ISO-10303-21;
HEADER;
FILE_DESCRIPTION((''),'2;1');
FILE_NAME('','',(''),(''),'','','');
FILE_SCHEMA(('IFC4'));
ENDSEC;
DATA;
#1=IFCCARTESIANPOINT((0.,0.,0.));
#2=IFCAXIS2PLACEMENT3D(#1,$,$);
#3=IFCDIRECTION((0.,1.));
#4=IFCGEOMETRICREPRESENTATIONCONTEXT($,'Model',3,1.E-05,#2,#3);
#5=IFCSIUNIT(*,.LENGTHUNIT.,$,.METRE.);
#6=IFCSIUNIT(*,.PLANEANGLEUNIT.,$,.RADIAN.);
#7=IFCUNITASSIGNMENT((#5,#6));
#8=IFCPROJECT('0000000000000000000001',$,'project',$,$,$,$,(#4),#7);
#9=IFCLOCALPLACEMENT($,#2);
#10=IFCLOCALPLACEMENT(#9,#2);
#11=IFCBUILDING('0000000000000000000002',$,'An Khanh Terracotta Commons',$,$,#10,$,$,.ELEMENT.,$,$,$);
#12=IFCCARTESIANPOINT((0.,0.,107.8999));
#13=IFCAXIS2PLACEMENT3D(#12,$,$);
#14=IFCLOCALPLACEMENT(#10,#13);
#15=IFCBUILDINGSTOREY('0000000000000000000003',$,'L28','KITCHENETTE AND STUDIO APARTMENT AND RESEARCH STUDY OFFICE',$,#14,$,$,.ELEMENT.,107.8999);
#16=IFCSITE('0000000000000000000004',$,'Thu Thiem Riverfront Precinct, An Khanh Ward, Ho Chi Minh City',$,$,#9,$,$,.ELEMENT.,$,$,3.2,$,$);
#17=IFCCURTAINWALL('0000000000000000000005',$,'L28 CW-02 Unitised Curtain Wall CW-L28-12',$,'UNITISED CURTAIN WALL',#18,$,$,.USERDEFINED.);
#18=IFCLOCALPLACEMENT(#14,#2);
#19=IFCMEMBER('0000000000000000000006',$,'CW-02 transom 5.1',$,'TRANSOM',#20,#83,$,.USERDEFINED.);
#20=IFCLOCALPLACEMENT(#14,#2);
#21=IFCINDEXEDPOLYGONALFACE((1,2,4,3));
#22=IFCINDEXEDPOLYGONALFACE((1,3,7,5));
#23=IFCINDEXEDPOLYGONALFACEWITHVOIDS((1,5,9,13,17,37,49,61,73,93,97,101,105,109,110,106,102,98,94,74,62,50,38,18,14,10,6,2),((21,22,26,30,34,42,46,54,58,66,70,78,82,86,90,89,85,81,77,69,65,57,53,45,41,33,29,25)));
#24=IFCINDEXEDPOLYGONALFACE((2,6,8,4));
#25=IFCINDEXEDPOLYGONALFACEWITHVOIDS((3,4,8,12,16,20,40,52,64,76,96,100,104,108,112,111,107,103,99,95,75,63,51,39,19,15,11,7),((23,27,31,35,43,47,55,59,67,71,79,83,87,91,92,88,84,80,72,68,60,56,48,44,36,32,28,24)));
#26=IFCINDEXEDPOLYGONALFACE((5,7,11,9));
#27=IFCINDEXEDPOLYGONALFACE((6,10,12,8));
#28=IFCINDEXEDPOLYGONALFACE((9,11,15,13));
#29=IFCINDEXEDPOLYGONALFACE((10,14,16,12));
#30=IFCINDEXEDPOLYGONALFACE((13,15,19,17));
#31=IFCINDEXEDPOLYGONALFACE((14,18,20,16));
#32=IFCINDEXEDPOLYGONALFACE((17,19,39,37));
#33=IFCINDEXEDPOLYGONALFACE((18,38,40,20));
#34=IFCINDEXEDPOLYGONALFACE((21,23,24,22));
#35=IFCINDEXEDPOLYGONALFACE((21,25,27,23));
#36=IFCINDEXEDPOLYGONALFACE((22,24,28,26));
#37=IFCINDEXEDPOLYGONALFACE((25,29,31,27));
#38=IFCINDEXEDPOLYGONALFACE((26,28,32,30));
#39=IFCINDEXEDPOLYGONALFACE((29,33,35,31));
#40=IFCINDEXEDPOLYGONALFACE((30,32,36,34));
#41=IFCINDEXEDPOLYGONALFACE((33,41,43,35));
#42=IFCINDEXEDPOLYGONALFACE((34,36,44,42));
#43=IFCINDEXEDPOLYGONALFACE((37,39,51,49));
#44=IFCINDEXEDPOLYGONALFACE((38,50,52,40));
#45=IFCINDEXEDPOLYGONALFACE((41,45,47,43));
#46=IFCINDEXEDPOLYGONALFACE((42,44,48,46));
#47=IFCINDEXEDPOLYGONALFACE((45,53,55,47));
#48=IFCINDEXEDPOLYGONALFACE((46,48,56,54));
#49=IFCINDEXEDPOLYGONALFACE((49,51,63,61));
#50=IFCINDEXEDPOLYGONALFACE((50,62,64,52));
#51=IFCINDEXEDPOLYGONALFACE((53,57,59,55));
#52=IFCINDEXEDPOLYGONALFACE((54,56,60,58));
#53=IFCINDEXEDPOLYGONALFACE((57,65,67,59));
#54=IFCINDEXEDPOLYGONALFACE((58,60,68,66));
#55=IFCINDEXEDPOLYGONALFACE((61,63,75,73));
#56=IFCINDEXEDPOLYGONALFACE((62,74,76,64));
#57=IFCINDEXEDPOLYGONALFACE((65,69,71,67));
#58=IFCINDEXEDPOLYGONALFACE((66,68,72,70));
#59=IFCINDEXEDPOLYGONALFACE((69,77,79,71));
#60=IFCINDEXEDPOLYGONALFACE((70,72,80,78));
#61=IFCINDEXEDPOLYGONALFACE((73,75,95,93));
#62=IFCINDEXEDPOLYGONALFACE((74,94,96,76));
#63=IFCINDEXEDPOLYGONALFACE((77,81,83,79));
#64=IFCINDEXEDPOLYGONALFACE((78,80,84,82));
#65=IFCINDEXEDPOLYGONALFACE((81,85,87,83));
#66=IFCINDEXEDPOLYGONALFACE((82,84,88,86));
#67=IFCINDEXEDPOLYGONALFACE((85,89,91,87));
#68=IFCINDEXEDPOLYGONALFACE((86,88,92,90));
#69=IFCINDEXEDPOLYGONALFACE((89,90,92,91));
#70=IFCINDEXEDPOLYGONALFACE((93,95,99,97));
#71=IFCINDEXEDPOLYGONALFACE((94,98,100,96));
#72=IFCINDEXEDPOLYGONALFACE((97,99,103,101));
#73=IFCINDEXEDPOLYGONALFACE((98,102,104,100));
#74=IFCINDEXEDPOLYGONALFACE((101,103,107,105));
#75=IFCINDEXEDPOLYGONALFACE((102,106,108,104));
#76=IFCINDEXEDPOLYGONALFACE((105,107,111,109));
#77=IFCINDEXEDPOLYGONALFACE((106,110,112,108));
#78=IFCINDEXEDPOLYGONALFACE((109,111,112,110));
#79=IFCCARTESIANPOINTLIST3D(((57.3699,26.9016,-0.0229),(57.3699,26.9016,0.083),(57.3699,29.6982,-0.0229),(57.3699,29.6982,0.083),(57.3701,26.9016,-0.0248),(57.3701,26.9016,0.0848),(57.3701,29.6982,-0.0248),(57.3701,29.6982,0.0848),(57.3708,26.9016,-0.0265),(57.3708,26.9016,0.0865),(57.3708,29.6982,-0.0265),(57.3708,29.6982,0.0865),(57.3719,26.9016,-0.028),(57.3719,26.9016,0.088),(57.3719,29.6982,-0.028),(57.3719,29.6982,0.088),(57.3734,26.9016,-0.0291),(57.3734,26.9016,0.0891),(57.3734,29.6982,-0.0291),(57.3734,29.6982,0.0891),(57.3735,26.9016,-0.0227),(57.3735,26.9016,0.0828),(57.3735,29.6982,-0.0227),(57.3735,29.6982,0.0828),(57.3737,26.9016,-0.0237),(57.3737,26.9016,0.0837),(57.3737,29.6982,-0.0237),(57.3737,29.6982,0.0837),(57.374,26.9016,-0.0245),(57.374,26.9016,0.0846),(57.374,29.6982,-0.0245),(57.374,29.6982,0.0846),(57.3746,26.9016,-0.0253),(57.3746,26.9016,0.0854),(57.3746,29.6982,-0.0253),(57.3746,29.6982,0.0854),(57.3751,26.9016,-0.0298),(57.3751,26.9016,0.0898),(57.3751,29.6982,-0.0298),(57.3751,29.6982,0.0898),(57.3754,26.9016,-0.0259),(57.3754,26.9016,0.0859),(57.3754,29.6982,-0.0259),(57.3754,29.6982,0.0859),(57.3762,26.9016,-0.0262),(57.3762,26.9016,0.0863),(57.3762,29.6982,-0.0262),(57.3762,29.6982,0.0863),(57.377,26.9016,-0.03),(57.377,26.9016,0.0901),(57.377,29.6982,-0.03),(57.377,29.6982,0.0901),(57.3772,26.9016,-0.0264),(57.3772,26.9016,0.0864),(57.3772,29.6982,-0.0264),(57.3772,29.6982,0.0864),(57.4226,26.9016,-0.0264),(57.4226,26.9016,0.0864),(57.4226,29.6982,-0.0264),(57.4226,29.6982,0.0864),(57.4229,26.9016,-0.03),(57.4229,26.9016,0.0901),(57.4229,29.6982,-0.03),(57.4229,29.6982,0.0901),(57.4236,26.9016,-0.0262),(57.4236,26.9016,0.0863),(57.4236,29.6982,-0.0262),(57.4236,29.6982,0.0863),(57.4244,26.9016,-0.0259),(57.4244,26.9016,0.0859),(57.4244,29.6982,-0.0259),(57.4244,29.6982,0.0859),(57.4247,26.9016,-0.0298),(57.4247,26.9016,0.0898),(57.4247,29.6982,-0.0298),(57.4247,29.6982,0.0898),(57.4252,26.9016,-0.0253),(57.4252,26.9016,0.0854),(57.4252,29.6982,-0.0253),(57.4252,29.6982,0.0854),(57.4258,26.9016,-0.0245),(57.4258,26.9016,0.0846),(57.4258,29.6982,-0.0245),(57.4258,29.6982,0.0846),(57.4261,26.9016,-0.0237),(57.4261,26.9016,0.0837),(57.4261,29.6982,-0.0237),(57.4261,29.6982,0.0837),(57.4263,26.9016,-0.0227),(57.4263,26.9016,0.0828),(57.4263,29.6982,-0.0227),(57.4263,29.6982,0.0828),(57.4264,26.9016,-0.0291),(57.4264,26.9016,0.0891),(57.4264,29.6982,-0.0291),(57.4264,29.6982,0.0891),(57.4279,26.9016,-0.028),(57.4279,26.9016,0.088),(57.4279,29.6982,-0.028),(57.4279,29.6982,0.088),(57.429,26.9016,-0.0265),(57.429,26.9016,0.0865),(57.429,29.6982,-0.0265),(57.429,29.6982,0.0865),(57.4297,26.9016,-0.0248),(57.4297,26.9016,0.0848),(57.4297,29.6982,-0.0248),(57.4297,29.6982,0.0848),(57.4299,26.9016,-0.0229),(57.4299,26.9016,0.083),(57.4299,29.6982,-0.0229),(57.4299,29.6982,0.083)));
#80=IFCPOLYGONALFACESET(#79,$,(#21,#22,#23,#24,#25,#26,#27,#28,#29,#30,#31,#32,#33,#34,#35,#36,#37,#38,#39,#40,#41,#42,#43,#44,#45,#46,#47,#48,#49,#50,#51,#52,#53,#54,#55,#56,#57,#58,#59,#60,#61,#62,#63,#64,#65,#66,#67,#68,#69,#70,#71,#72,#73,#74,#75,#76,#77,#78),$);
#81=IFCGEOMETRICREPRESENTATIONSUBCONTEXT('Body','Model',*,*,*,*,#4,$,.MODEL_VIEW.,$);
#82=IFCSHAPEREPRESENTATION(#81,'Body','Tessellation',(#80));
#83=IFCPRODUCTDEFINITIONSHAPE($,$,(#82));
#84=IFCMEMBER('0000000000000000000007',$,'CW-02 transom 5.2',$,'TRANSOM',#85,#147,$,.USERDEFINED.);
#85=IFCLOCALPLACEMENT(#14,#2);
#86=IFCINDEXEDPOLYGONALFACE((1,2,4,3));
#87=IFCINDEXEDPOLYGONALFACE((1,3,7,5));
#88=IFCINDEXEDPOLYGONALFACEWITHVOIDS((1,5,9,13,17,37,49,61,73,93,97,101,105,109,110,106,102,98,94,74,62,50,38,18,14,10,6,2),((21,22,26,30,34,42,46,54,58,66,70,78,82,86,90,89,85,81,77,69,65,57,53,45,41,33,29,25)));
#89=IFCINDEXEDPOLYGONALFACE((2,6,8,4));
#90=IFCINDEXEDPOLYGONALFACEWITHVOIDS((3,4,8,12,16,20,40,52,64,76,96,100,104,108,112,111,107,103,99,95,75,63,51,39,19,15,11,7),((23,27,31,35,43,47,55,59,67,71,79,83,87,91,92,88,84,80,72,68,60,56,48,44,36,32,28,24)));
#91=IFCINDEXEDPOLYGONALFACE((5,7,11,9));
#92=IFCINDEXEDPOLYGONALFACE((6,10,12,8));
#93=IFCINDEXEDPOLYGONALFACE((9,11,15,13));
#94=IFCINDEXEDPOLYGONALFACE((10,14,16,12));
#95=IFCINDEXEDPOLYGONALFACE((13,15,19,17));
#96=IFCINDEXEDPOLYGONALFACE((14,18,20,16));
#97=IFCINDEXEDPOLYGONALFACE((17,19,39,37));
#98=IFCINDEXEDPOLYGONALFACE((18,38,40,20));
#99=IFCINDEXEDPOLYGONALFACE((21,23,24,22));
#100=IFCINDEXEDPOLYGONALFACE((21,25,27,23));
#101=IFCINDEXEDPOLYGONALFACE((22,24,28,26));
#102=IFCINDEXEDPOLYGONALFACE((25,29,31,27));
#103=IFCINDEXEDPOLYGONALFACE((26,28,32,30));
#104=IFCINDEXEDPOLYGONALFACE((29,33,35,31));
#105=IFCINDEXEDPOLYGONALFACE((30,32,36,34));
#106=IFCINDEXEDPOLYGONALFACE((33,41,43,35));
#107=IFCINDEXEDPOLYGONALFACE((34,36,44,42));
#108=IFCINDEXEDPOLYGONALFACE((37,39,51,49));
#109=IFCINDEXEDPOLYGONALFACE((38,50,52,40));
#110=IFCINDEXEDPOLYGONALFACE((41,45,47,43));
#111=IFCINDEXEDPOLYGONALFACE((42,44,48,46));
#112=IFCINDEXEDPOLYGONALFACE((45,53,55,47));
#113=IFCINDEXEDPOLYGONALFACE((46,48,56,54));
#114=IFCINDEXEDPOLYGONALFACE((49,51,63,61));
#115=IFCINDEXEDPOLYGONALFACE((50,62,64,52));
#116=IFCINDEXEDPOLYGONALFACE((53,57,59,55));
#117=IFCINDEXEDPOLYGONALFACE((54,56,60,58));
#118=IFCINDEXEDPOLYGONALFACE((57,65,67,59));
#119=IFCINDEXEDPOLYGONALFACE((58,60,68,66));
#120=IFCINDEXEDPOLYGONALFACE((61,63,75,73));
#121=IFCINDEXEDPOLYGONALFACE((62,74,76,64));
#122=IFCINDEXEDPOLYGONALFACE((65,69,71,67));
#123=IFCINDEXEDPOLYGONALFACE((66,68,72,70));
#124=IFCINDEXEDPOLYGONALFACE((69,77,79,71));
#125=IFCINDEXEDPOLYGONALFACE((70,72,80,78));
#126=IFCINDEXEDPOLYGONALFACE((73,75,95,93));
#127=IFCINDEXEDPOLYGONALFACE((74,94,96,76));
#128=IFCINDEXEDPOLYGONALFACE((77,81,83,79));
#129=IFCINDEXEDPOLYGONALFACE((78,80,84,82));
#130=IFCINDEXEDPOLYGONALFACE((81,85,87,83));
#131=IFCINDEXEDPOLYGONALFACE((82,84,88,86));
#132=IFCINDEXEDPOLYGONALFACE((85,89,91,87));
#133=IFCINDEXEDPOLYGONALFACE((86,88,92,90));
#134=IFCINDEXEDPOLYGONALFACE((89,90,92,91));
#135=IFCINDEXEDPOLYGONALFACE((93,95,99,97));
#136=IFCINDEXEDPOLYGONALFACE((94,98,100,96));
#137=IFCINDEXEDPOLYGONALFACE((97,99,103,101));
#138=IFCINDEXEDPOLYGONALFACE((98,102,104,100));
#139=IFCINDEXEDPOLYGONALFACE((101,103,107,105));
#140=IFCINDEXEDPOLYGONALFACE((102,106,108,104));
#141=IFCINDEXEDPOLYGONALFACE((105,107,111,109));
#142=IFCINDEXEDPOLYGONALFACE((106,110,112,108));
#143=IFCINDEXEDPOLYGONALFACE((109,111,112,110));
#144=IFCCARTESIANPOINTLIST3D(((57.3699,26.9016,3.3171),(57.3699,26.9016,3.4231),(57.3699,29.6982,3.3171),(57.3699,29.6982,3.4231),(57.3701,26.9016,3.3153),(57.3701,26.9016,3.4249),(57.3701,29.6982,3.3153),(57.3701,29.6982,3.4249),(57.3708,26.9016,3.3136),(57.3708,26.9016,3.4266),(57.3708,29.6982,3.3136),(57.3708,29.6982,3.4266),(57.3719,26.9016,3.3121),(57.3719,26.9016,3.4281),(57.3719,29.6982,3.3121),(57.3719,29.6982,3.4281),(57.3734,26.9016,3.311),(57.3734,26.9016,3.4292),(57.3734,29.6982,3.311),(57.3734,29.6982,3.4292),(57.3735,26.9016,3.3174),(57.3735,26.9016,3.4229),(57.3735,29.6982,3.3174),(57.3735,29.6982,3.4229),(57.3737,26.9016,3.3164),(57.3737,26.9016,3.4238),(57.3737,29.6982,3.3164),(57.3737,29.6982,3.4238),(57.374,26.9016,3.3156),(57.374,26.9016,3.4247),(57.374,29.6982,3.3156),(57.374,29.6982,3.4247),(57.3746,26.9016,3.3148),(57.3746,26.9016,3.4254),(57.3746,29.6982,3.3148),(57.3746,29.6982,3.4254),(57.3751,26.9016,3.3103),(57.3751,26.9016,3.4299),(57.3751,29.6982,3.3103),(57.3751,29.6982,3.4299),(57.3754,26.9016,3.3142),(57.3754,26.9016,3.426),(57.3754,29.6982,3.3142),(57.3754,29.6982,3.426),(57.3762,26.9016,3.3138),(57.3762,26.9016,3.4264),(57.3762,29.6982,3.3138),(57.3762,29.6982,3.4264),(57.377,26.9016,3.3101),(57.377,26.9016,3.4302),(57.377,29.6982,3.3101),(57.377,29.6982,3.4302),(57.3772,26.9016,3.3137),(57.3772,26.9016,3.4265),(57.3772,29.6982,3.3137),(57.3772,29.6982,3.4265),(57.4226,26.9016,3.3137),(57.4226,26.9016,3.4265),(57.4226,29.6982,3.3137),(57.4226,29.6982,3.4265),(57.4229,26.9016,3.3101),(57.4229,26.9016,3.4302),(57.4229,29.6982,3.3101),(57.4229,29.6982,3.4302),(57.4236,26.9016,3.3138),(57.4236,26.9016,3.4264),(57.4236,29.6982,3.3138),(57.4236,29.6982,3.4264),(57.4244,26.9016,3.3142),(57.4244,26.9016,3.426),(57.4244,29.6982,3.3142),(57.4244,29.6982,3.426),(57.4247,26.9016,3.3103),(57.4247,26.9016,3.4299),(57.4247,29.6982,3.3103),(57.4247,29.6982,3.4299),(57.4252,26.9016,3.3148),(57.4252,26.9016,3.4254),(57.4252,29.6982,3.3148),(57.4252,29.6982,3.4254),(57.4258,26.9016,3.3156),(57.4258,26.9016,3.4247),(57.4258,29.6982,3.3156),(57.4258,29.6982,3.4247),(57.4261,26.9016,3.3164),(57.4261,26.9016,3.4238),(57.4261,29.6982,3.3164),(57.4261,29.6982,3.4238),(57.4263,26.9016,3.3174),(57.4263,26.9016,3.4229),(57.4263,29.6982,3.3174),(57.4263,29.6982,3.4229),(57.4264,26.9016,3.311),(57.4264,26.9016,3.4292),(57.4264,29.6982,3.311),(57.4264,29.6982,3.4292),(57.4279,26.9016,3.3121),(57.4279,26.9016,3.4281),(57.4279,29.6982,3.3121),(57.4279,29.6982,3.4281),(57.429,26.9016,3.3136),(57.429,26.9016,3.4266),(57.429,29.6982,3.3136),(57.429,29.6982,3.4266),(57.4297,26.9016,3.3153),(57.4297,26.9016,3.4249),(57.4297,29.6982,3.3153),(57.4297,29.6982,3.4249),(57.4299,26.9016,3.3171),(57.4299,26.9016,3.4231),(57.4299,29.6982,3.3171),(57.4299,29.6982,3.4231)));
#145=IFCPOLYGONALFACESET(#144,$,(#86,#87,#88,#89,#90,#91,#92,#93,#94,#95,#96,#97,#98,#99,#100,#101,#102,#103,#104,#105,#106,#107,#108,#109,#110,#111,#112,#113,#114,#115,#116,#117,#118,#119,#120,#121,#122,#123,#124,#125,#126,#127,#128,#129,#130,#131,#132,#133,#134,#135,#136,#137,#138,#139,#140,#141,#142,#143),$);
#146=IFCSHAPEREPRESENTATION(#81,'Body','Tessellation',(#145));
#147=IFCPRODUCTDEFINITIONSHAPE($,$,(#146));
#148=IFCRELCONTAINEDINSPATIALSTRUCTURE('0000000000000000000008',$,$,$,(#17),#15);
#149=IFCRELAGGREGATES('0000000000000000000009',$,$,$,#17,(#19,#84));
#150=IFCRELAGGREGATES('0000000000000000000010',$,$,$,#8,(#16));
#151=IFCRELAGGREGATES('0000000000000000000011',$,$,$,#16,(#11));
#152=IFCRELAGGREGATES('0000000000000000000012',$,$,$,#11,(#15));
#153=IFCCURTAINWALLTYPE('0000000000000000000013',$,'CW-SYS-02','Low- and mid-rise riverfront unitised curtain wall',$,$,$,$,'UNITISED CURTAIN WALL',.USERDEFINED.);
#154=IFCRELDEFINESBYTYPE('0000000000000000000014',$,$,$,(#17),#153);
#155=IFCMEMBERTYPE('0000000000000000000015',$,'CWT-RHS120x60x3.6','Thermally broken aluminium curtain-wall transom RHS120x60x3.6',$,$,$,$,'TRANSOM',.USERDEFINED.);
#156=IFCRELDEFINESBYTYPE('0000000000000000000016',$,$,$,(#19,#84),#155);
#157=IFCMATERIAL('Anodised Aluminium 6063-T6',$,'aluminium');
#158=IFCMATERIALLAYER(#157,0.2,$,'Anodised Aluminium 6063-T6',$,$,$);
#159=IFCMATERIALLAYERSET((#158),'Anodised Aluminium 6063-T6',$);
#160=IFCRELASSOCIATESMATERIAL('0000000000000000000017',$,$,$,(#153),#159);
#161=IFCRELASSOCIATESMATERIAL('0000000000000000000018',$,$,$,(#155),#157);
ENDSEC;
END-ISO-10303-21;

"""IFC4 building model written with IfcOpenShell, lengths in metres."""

from ifc_helpers import new_model, si_unit, direction, frame, origin, origin_2d, place, context, subcontext, project, spatial, hollow_rectangle, extrude, material, layer, layer_set, material_profile, profile_set, type_object, element, aggregate, save


model = new_model("IFC4")

# Units and contexts
model_context = context("Model", 3, precision=1e-05, world=origin(), true_north=direction((0.0, 1.0)))
body_context = subcontext(model_context, "Body", "Model", "MODEL_VIEW")
ifc_project = project(units=[si_unit("LENGTHUNIT", "METRE"), si_unit("PLANEANGLEUNIT", "RADIAN")], contexts=[model_context])

# Site, building, storey
site_placement = place(None, origin())
site = spatial("IfcSite", under=ifc_project, at=site_placement, Name="Thu Thiem Riverfront Precinct, An Khanh Ward, Ho Chi Minh City", CompositionType="ELEMENT", RefElevation=3.2)
building_placement = place(site_placement, origin())
building = spatial("IfcBuilding", under=site, at=building_placement, Name="An Khanh Terracotta Commons", CompositionType="ELEMENT")
storey_placement = place(building_placement, frame((0.0, 0.0, 107.8999)))
storey = spatial("IfcBuildingStorey", under=building, at=storey_placement, Name="L28", Description="KITCHENETTE AND STUDIO APARTMENT AND RESEARCH STUDY OFFICE", CompositionType="ELEMENT", Elevation=107.8999)

# Curtain wall, members
ifc_material_1 = material(Name="Anodised Aluminium 6063-T6", Category="aluminium")
ifc_layer_1 = layer(ifc_material_1, 0.2, Name="Anodised Aluminium 6063-T6")
ifc_layer_set_1 = layer_set([ifc_layer_1], Name="Anodised Aluminium 6063-T6")
curtain_wall_type = type_object("IfcCurtainWallType", Name="CW-SYS-02", Description="Low- and mid-rise riverfront unitised curtain wall", ElementType="UNITISED CURTAIN WALL", PredefinedType="USERDEFINED", material=ifc_layer_set_1)
curtain_wall_placement = place(storey_placement, origin())
curtain_wall = element("IfcCurtainWall", 1, at=curtain_wall_placement, inside=storey, type_object=curtain_wall_type, Name="L28 CW-02 Unitised Curtain Wall CW-L28-12", ObjectType="UNITISED CURTAIN WALL", PredefinedType="USERDEFINED")
ifc_material_profile_1 = material_profile(ifc_material_1, hollow_rectangle(XDim=0.0601, YDim=0.1201, WallThickness=0.0037, InnerFilletRadius=0.0037, OuterFilletRadius=0.0071, at=origin_2d()), Name="RHS120x60x3.6")
ifc_profile_set_1 = profile_set([ifc_material_profile_1], Name="Anodised Aluminium 6063-T6")
member_type_1 = type_object("IfcMemberType", Name="CWT-RHS120x60x3.6", Description="Thermally broken aluminium curtain-wall transom RHS120x60x3.6", ElementType="TRANSOM", PredefinedType="USERDEFINED", material=ifc_profile_set_1)
member_1_placement = place(storey_placement, frame((57.3999, 26.9016, 0.03), z_axis=(0.0, 1.0, 0.0), x_axis=(-1.0, 0.0, 0.0)))
member_1 = element("IfcMember", 2, at=member_1_placement, type_object=member_type_1, Name="CW-02 transom 5.1", ObjectType="TRANSOM", PredefinedType="USERDEFINED", context=body_context, shape_type="SweptSolid", body=[
    extrude(hollow_rectangle(XDim=0.0601, YDim=0.1201, WallThickness=0.0037, InnerFilletRadius=0.0037, OuterFilletRadius=0.0071, at=origin_2d()), origin(), (0.0, 0.0, 1.0), 2.7966),
])
member_2_placement = place(storey_placement, frame((57.3999, 26.9016, 3.3701), z_axis=(0.0, 1.0, 0.0), x_axis=(-1.0, 0.0, 0.0)))
member_2 = element("IfcMember", 3, at=member_2_placement, type_object=member_type_1, Name="CW-02 transom 5.2", ObjectType="TRANSOM", PredefinedType="USERDEFINED", context=body_context, shape_type="SweptSolid", body=[
    extrude(hollow_rectangle(XDim=0.0601, YDim=0.1201, WallThickness=0.0037, InnerFilletRadius=0.0037, OuterFilletRadius=0.0071, at=origin_2d()), origin(), (0.0, 0.0, 1.0), 2.7966),
])
aggregate(curtain_wall, [member_1, member_2])

save(model, "model.ifc")
